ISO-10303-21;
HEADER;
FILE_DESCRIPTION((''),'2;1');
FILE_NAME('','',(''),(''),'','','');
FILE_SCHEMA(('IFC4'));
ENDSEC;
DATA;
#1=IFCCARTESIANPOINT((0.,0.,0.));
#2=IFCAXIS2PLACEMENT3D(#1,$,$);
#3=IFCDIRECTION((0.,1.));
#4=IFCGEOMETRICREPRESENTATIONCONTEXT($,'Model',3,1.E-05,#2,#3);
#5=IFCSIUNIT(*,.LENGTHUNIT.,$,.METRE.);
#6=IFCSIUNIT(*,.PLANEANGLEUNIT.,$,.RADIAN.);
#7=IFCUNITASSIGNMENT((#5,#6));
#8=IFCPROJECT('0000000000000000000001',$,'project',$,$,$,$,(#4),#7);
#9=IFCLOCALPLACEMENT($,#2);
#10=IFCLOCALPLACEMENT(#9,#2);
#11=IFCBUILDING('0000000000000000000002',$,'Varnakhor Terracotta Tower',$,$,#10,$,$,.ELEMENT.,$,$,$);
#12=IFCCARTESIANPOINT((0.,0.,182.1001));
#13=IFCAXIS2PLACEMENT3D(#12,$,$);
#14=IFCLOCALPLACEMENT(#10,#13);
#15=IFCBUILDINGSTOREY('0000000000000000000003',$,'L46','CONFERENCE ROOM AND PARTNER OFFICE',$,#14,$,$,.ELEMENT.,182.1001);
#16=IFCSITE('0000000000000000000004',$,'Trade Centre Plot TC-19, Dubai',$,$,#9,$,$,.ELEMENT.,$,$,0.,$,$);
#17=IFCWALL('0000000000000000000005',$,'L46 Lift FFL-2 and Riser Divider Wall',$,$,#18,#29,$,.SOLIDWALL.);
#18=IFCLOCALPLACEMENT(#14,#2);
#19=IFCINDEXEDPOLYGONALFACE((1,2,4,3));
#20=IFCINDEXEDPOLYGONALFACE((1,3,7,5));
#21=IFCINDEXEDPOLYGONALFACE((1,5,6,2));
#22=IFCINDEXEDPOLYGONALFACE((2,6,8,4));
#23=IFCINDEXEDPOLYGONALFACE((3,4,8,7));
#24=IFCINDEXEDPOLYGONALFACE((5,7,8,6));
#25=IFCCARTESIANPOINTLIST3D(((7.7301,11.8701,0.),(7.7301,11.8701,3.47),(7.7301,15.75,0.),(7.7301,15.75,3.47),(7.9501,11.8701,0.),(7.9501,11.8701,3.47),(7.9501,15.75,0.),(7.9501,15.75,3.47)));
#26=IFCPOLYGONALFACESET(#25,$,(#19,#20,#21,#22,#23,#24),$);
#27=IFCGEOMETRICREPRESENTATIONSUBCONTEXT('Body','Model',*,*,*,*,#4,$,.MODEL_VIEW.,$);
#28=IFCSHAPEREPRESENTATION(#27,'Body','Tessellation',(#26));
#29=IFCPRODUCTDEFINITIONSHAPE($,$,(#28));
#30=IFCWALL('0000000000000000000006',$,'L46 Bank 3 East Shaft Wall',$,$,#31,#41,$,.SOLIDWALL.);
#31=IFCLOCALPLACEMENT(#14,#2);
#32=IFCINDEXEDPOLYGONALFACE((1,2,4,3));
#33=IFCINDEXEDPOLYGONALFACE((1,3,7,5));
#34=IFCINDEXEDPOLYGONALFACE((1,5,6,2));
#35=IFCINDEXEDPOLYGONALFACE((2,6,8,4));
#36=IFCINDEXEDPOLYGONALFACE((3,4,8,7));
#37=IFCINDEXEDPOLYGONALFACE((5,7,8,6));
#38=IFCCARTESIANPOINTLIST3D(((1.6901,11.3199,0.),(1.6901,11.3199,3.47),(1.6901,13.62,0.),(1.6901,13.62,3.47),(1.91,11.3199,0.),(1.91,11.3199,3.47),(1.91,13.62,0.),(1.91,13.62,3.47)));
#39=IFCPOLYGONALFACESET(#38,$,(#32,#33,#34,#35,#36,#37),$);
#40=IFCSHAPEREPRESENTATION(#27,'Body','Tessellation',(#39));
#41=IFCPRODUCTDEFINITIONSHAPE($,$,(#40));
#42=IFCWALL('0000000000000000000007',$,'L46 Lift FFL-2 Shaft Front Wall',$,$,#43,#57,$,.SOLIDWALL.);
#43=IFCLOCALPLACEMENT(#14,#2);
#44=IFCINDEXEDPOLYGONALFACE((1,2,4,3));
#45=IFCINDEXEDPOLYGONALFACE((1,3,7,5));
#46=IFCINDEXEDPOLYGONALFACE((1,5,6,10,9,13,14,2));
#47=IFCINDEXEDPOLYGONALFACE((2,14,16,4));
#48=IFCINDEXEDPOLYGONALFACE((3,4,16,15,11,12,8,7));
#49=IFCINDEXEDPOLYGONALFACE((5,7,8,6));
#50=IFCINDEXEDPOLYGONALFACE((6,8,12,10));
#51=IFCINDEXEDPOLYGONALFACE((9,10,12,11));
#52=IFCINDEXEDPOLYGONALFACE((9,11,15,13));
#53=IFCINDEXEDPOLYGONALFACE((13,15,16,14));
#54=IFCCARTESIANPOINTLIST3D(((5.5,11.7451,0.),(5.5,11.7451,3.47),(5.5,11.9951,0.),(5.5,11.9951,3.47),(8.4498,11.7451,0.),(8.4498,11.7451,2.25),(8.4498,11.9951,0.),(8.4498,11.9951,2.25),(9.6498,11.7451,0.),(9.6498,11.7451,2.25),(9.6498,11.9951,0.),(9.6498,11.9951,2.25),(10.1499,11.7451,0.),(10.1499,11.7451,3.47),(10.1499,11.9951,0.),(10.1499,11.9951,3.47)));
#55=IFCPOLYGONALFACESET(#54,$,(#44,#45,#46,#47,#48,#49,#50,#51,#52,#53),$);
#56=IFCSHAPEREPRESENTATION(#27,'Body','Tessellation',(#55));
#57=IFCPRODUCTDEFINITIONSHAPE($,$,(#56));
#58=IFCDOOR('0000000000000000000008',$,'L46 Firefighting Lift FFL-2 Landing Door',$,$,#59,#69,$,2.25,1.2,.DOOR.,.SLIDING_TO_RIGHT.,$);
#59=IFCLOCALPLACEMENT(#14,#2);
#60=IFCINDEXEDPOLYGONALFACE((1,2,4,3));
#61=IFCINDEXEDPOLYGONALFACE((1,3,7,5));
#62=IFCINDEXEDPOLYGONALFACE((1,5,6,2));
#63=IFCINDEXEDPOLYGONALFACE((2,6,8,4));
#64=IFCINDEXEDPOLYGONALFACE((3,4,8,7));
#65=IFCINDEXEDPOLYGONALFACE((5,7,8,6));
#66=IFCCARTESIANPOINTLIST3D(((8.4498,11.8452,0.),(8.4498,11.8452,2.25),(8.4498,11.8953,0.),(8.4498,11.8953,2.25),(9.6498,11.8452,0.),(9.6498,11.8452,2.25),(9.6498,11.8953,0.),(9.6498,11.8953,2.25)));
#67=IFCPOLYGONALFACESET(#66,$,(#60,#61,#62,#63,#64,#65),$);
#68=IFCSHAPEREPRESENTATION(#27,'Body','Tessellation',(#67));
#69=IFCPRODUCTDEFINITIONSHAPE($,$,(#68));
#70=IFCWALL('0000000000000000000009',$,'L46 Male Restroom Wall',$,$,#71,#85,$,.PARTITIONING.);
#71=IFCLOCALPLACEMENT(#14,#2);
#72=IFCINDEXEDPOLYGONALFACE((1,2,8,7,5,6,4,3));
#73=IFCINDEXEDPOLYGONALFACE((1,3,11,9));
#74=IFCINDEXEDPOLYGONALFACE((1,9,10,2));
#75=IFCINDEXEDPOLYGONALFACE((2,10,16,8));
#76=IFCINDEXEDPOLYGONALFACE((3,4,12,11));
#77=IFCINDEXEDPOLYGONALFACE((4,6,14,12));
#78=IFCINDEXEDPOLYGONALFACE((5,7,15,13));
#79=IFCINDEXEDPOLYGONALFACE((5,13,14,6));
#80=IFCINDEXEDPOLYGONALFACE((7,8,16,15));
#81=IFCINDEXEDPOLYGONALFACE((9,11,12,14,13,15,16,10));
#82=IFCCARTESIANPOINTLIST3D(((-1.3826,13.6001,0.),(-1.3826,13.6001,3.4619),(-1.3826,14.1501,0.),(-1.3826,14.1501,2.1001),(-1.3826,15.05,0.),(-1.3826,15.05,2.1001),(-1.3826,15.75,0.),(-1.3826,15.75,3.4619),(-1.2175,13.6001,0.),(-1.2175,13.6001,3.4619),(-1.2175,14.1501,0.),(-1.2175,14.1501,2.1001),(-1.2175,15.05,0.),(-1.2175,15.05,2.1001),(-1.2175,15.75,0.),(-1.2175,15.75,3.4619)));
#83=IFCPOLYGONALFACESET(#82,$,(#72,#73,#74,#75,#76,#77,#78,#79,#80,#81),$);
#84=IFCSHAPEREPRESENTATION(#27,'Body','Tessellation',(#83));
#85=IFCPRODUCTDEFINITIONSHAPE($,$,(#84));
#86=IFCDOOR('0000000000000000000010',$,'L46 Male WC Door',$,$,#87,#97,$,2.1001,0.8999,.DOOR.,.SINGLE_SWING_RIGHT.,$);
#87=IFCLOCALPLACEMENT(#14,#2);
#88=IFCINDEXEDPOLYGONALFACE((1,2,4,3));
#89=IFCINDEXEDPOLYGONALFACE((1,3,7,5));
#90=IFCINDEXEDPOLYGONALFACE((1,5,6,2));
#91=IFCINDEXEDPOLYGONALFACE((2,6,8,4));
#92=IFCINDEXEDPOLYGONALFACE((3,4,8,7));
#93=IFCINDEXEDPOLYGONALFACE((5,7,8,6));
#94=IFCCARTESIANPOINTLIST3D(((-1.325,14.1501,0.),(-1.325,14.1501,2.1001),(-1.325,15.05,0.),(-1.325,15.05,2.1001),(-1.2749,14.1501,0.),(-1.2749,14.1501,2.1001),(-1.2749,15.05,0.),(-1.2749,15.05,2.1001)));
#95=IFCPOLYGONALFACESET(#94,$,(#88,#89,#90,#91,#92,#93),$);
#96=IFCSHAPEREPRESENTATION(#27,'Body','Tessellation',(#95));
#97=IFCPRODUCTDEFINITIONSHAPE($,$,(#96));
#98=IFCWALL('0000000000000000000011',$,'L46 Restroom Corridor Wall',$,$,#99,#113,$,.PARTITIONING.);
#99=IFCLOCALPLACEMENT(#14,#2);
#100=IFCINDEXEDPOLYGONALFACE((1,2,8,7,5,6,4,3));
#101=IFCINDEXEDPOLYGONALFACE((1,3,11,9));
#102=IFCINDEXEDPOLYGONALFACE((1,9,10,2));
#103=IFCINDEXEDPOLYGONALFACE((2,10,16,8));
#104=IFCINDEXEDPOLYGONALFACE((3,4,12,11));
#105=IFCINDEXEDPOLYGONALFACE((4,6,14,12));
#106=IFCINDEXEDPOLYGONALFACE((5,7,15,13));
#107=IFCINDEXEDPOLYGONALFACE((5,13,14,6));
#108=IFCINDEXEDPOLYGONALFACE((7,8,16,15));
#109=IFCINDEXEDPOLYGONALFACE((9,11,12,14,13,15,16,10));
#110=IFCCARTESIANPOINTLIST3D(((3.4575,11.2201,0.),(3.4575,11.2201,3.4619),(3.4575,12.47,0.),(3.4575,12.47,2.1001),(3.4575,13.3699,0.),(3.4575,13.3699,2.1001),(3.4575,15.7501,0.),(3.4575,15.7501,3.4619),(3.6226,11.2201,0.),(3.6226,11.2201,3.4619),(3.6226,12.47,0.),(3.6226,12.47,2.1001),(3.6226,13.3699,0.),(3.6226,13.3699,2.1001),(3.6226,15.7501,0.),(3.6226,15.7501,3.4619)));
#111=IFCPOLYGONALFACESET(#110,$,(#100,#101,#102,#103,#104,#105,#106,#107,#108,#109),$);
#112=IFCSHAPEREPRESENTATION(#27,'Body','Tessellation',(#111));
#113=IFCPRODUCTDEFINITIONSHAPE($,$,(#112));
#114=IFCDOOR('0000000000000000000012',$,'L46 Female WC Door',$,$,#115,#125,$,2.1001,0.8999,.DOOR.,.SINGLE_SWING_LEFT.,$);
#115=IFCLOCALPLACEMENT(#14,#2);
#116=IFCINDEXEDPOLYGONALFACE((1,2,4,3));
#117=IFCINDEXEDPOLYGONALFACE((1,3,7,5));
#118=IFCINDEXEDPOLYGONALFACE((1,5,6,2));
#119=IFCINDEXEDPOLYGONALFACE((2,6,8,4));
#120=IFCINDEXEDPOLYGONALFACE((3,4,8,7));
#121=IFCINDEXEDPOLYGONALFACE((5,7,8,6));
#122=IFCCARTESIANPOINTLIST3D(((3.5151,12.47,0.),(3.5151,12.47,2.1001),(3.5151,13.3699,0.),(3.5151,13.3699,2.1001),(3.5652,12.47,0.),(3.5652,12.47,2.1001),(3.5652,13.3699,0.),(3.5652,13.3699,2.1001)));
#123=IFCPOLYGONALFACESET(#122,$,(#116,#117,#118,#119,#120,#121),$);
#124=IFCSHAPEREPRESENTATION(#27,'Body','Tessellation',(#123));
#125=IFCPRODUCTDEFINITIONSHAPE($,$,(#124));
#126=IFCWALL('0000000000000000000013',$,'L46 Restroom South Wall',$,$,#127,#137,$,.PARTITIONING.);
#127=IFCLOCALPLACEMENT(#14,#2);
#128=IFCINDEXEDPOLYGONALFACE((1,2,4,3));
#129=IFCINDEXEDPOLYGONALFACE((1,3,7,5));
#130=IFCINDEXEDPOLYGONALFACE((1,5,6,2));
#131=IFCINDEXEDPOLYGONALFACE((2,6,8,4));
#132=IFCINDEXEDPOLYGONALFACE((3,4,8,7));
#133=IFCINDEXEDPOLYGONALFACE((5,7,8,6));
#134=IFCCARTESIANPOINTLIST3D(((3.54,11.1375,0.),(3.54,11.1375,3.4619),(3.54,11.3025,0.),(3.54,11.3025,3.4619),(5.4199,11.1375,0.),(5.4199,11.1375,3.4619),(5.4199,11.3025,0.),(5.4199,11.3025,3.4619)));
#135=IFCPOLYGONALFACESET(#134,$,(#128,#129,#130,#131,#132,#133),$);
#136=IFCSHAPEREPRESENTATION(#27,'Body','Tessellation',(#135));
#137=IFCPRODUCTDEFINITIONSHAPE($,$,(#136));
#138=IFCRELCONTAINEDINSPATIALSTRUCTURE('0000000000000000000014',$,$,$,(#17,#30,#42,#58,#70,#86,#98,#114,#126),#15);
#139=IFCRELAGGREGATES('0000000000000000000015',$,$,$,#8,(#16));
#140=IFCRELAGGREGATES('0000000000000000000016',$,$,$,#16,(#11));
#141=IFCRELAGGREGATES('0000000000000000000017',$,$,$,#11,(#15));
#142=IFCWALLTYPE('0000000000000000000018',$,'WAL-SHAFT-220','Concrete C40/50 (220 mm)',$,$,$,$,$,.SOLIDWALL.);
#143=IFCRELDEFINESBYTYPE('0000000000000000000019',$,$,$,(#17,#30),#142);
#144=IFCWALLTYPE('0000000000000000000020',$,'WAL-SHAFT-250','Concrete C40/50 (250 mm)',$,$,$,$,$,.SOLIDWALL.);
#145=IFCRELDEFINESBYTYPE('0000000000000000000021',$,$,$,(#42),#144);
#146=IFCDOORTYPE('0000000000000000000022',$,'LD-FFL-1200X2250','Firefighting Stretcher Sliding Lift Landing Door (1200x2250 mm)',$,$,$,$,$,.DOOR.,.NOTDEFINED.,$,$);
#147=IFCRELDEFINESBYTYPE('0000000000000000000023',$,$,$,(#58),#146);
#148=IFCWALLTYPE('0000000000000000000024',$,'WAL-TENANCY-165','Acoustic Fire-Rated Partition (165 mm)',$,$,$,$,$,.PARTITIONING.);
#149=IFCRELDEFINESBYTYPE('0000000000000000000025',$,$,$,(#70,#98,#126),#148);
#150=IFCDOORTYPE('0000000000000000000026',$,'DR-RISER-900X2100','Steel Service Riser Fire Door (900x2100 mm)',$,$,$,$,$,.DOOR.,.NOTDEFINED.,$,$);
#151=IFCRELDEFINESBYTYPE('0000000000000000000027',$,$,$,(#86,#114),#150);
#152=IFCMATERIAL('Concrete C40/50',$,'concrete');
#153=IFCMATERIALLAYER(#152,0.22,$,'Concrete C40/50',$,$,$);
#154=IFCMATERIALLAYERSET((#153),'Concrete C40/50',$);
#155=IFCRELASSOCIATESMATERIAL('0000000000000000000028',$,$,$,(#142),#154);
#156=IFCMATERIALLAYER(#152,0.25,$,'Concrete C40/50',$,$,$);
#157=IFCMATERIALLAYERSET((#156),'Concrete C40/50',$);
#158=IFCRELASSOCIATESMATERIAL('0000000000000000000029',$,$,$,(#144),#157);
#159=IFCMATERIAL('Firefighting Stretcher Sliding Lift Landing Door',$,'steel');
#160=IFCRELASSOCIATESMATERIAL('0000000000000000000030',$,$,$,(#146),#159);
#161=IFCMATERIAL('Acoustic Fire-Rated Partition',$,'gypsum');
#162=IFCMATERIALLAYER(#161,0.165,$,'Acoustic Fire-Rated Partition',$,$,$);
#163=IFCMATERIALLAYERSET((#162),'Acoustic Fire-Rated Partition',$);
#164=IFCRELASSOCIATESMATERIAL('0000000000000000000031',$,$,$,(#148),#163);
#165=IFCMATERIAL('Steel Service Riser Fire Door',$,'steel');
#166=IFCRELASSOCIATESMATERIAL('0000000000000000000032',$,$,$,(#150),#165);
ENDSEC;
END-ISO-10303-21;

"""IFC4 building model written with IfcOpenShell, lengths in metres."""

from ifc_helpers import new_model, si_unit, direction, frame, frame_2d, origin, place, context, subcontext, project, spatial, rectangle, extrude, source, transform, mapped, material, layer, layer_set, type_object, type_shapes, element, fill, save


model = new_model("IFC4")

# Units and contexts
model_context = context("Model", 3, precision=1e-05, world=origin(), true_north=direction((0.0, 1.0)))
body_context = subcontext(model_context, "Body", "Model", "MODEL_VIEW")
ifc_project = project(units=[si_unit("LENGTHUNIT", "METRE"), si_unit("PLANEANGLEUNIT", "RADIAN")], contexts=[model_context])

# Site, building, storey
site_placement = place(None, origin())
site = spatial("IfcSite", under=ifc_project, at=site_placement, Name="Trade Centre Plot TC-19, Dubai", CompositionType="ELEMENT", RefElevation=0.0)
building_placement = place(site_placement, origin())
building = spatial("IfcBuilding", under=site, at=building_placement, Name="Varnakhor Terracotta Tower", CompositionType="ELEMENT")
storey_placement = place(building_placement, frame((0.0, 0.0, 182.1001)))
storey = spatial("IfcBuildingStorey", under=building, at=storey_placement, Name="L46", Description="CONFERENCE ROOM AND PARTNER OFFICE", CompositionType="ELEMENT", Elevation=182.1001)

# Walls
ifc_material_1 = material(Name="Concrete C40/50", Category="concrete")
ifc_layer_1 = layer(ifc_material_1, 0.22, Name="Concrete C40/50")
ifc_layer_set_1 = layer_set([ifc_layer_1], Name="Concrete C40/50")
wall_type_1 = type_object("IfcWallType", Name="WAL-SHAFT-220", Description="Concrete C40/50 (220 mm)", PredefinedType="SOLIDWALL", material=ifc_layer_set_1)
wall_1_placement = place(storey_placement, frame((7.8401, 11.8701, 0.0), z_axis=(0.0, 0.0, 1.0), x_axis=(0.0, 1.0, 0.0)))
element("IfcWall", 1, at=wall_1_placement, inside=storey, type_object=wall_type_1, Name="L46 Lift FFL-2 and Riser Divider Wall", PredefinedType="SOLIDWALL", context=body_context, shape_type="SweptSolid", body=[
    extrude(rectangle(XDim=3.8799, YDim=0.22, at=frame_2d((1.9399, 0.0))), origin(), (0.0, 0.0, 1.0), 3.47),
])
wall_2_placement = place(storey_placement, frame((1.8, 11.3201, 0.0), z_axis=(0.0, 0.0, 1.0), x_axis=(0.0, 1.0, 0.0)))
element("IfcWall", 2, at=wall_2_placement, inside=storey, type_object=wall_type_1, Name="L46 Bank 3 East Shaft Wall", PredefinedType="SOLIDWALL", context=body_context, shape_type="SweptSolid", body=[
    extrude(rectangle(XDim=2.3, YDim=0.22, at=frame_2d((1.1499, 0.0))), origin(), (0.0, 0.0, 1.0), 3.47),
])

# Walls, openings, doors
ifc_layer_2 = layer(ifc_material_1, 0.25, Name="Concrete C40/50")
ifc_layer_set_2 = layer_set([ifc_layer_2], Name="Concrete C40/50")
wall_type_2 = type_object("IfcWallType", Name="WAL-SHAFT-250", Description="Concrete C40/50 (250 mm)", PredefinedType="SOLIDWALL", material=ifc_layer_set_2)
wall_3_placement = place(storey_placement, frame((10.1499, 11.8701, 0.0), z_axis=(0.0, 0.0, 1.0), x_axis=(-1.0, 0.0, 0.0)))
wall_3 = element("IfcWall", 3, at=wall_3_placement, inside=storey, type_object=wall_type_2, Name="L46 Lift FFL-2 Shaft Front Wall", PredefinedType="SOLIDWALL", context=body_context, shape_type="SweptSolid", body=[
    extrude(rectangle(XDim=4.6499, YDim=0.25, at=frame_2d((2.325, 0.0))), origin(), (0.0, 0.0, 1.0), 3.47),
])
opening_1_placement = place(wall_3_placement, frame((0.5, 0.0, 0.0)))
opening_1 = element("IfcOpeningElement", 4, at=opening_1_placement, cuts=wall_3, PredefinedType="OPENING", context=body_context, shape_type="SweptSolid", body=[
    extrude(rectangle(XDim=1.2, YDim=2.25, at=frame_2d((0.6001, 1.125))), frame((0.0, 0.135, 0.0), z_axis=(0.0, -1.0, 0.0), x_axis=(1.0, 0.0, 0.0)), (0.0, 0.0, 1.0), 0.27),
])
ifc_material_2 = material(Name="Firefighting Stretcher Sliding Lift Landing Door", Category="steel")
door_type_1 = type_object("IfcDoorType", Name="LD-FFL-1200X2250", Description="Firefighting Stretcher Sliding Lift Landing Door (1200x2250 mm)", OperationType="NOTDEFINED", PredefinedType="DOOR", material=ifc_material_2)
shared_shape_1 = source(origin(), body_context, "Body", "SweptSolid", [
    extrude(rectangle(XDim=1.2, YDim=2.25, at=frame_2d((0.6001, 1.125))), frame((0.0, 0.0249, 0.0), z_axis=(0.0, -1.0, 0.0), x_axis=(1.0, 0.0, 0.0)), (0.0, 0.0, 1.0), 0.05),
])
type_shapes(door_type_1, [shared_shape_1])
door_1_placement = place(opening_1_placement, origin())
door_1 = element("IfcDoor", 5, at=door_1_placement, inside=storey, type_object=door_type_1, Name="L46 Firefighting Lift FFL-2 Landing Door", OperationType="SLIDING_TO_RIGHT", OverallHeight=2.25, OverallWidth=1.2, PredefinedType="DOOR", context=body_context, shape_type="MappedRepresentation", body=[
    mapped(shared_shape_1, transform((0.0, 0.0, 0.0), scale=1.0)),
])
fill(opening_1, door_1)
ifc_material_3 = material(Name="Acoustic Fire-Rated Partition", Category="gypsum")
ifc_layer_3 = layer(ifc_material_3, 0.165, Name="Acoustic Fire-Rated Partition")
ifc_layer_set_3 = layer_set([ifc_layer_3], Name="Acoustic Fire-Rated Partition")
wall_type_3 = type_object("IfcWallType", Name="WAL-TENANCY-165", Description="Acoustic Fire-Rated Partition (165 mm)", PredefinedType="PARTITIONING", material=ifc_layer_set_3)
wall_4_placement = place(storey_placement, frame((-1.3, 13.6001, 0.0), z_axis=(0.0, 0.0, 1.0), x_axis=(0.0, 1.0, 0.0)))
wall_4 = element("IfcWall", 6, at=wall_4_placement, inside=storey, type_object=wall_type_3, Name="L46 Male Restroom Wall", PredefinedType="PARTITIONING", context=body_context, shape_type="SweptSolid", body=[
    extrude(rectangle(XDim=2.1499, YDim=0.165, at=frame_2d((1.075, 0.0))), origin(), (0.0, 0.0, 1.0), 3.4619),
])
opening_2_placement = place(wall_4_placement, frame((0.55, 0.0, 0.0)))
opening_2 = element("IfcOpeningElement", 7, at=opening_2_placement, cuts=wall_4, PredefinedType="OPENING", context=body_context, shape_type="SweptSolid", body=[
    extrude(rectangle(XDim=0.8999, YDim=2.1001, at=frame_2d((0.45, 1.05))), frame((0.0, 0.0925, 0.0), z_axis=(0.0, -1.0, 0.0), x_axis=(1.0, 0.0, 0.0)), (0.0, 0.0, 1.0), 0.1851),
])
ifc_material_4 = material(Name="Steel Service Riser Fire Door", Category="steel")
door_type_2 = type_object("IfcDoorType", Name="DR-RISER-900X2100", Description="Steel Service Riser Fire Door (900x2100 mm)", OperationType="NOTDEFINED", PredefinedType="DOOR", material=ifc_material_4)
shared_shape_2 = source(origin(), body_context, "Body", "SweptSolid", [
    extrude(rectangle(XDim=0.8999, YDim=2.1001, at=frame_2d((0.45, 1.05))), frame((0.0, 0.0249, 0.0), z_axis=(0.0, -1.0, 0.0), x_axis=(1.0, 0.0, 0.0)), (0.0, 0.0, 1.0), 0.05),
])
type_shapes(door_type_2, [shared_shape_2])
door_2_placement = place(opening_2_placement, origin())
door_2 = element("IfcDoor", 8, at=door_2_placement, inside=storey, type_object=door_type_2, Name="L46 Male WC Door", OperationType="SINGLE_SWING_RIGHT", OverallHeight=2.1001, OverallWidth=0.8999, PredefinedType="DOOR", context=body_context, shape_type="MappedRepresentation", body=[
    mapped(shared_shape_2, transform((0.0, 0.0, 0.0), scale=1.0)),
])
fill(opening_2, door_2)
wall_5_placement = place(storey_placement, frame((3.54, 11.22, 0.0), z_axis=(0.0, 0.0, 1.0), x_axis=(0.0, 1.0, 0.0)))
wall_5 = element("IfcWall", 9, at=wall_5_placement, inside=storey, type_object=wall_type_3, Name="L46 Restroom Corridor Wall", PredefinedType="PARTITIONING", context=body_context, shape_type="SweptSolid", body=[
    extrude(rectangle(XDim=4.53, YDim=0.165, at=frame_2d((2.2651, 0.0))), origin(), (0.0, 0.0, 1.0), 3.4619),
])
opening_3_placement = place(wall_5_placement, frame((1.25, 0.0, 0.0)))
opening_3 = element("IfcOpeningElement", 10, at=opening_3_placement, cuts=wall_5, PredefinedType="OPENING", context=body_context, shape_type="SweptSolid", body=[
    extrude(rectangle(XDim=0.8999, YDim=2.1001, at=frame_2d((0.45, 1.05))), frame((0.0, 0.0925, 0.0), z_axis=(0.0, -1.0, 0.0), x_axis=(1.0, 0.0, 0.0)), (0.0, 0.0, 1.0), 0.1851),
])
door_3_placement = place(opening_3_placement, origin())
door_3 = element("IfcDoor", 11, at=door_3_placement, inside=storey, type_object=door_type_2, Name="L46 Female WC Door", OperationType="SINGLE_SWING_LEFT", OverallHeight=2.1001, OverallWidth=0.8999, PredefinedType="DOOR", context=body_context, shape_type="MappedRepresentation", body=[
    mapped(shared_shape_2, transform((0.0, 0.0, 0.0), scale=1.0)),
])
fill(opening_3, door_3)

# Wall
wall_6_placement = place(storey_placement, frame((3.54, 11.22, 0.0), z_axis=(0.0, 0.0, 1.0), x_axis=(1.0, 0.0, 0.0)))
element("IfcWall", 12, at=wall_6_placement, inside=storey, type_object=wall_type_3, Name="L46 Restroom South Wall", PredefinedType="PARTITIONING", context=body_context, shape_type="SweptSolid", body=[
    extrude(rectangle(XDim=1.8799, YDim=0.165, at=frame_2d((0.9399, 0.0))), origin(), (0.0, 0.0, 1.0), 3.4619),
])

save(model, "model.ifc")
